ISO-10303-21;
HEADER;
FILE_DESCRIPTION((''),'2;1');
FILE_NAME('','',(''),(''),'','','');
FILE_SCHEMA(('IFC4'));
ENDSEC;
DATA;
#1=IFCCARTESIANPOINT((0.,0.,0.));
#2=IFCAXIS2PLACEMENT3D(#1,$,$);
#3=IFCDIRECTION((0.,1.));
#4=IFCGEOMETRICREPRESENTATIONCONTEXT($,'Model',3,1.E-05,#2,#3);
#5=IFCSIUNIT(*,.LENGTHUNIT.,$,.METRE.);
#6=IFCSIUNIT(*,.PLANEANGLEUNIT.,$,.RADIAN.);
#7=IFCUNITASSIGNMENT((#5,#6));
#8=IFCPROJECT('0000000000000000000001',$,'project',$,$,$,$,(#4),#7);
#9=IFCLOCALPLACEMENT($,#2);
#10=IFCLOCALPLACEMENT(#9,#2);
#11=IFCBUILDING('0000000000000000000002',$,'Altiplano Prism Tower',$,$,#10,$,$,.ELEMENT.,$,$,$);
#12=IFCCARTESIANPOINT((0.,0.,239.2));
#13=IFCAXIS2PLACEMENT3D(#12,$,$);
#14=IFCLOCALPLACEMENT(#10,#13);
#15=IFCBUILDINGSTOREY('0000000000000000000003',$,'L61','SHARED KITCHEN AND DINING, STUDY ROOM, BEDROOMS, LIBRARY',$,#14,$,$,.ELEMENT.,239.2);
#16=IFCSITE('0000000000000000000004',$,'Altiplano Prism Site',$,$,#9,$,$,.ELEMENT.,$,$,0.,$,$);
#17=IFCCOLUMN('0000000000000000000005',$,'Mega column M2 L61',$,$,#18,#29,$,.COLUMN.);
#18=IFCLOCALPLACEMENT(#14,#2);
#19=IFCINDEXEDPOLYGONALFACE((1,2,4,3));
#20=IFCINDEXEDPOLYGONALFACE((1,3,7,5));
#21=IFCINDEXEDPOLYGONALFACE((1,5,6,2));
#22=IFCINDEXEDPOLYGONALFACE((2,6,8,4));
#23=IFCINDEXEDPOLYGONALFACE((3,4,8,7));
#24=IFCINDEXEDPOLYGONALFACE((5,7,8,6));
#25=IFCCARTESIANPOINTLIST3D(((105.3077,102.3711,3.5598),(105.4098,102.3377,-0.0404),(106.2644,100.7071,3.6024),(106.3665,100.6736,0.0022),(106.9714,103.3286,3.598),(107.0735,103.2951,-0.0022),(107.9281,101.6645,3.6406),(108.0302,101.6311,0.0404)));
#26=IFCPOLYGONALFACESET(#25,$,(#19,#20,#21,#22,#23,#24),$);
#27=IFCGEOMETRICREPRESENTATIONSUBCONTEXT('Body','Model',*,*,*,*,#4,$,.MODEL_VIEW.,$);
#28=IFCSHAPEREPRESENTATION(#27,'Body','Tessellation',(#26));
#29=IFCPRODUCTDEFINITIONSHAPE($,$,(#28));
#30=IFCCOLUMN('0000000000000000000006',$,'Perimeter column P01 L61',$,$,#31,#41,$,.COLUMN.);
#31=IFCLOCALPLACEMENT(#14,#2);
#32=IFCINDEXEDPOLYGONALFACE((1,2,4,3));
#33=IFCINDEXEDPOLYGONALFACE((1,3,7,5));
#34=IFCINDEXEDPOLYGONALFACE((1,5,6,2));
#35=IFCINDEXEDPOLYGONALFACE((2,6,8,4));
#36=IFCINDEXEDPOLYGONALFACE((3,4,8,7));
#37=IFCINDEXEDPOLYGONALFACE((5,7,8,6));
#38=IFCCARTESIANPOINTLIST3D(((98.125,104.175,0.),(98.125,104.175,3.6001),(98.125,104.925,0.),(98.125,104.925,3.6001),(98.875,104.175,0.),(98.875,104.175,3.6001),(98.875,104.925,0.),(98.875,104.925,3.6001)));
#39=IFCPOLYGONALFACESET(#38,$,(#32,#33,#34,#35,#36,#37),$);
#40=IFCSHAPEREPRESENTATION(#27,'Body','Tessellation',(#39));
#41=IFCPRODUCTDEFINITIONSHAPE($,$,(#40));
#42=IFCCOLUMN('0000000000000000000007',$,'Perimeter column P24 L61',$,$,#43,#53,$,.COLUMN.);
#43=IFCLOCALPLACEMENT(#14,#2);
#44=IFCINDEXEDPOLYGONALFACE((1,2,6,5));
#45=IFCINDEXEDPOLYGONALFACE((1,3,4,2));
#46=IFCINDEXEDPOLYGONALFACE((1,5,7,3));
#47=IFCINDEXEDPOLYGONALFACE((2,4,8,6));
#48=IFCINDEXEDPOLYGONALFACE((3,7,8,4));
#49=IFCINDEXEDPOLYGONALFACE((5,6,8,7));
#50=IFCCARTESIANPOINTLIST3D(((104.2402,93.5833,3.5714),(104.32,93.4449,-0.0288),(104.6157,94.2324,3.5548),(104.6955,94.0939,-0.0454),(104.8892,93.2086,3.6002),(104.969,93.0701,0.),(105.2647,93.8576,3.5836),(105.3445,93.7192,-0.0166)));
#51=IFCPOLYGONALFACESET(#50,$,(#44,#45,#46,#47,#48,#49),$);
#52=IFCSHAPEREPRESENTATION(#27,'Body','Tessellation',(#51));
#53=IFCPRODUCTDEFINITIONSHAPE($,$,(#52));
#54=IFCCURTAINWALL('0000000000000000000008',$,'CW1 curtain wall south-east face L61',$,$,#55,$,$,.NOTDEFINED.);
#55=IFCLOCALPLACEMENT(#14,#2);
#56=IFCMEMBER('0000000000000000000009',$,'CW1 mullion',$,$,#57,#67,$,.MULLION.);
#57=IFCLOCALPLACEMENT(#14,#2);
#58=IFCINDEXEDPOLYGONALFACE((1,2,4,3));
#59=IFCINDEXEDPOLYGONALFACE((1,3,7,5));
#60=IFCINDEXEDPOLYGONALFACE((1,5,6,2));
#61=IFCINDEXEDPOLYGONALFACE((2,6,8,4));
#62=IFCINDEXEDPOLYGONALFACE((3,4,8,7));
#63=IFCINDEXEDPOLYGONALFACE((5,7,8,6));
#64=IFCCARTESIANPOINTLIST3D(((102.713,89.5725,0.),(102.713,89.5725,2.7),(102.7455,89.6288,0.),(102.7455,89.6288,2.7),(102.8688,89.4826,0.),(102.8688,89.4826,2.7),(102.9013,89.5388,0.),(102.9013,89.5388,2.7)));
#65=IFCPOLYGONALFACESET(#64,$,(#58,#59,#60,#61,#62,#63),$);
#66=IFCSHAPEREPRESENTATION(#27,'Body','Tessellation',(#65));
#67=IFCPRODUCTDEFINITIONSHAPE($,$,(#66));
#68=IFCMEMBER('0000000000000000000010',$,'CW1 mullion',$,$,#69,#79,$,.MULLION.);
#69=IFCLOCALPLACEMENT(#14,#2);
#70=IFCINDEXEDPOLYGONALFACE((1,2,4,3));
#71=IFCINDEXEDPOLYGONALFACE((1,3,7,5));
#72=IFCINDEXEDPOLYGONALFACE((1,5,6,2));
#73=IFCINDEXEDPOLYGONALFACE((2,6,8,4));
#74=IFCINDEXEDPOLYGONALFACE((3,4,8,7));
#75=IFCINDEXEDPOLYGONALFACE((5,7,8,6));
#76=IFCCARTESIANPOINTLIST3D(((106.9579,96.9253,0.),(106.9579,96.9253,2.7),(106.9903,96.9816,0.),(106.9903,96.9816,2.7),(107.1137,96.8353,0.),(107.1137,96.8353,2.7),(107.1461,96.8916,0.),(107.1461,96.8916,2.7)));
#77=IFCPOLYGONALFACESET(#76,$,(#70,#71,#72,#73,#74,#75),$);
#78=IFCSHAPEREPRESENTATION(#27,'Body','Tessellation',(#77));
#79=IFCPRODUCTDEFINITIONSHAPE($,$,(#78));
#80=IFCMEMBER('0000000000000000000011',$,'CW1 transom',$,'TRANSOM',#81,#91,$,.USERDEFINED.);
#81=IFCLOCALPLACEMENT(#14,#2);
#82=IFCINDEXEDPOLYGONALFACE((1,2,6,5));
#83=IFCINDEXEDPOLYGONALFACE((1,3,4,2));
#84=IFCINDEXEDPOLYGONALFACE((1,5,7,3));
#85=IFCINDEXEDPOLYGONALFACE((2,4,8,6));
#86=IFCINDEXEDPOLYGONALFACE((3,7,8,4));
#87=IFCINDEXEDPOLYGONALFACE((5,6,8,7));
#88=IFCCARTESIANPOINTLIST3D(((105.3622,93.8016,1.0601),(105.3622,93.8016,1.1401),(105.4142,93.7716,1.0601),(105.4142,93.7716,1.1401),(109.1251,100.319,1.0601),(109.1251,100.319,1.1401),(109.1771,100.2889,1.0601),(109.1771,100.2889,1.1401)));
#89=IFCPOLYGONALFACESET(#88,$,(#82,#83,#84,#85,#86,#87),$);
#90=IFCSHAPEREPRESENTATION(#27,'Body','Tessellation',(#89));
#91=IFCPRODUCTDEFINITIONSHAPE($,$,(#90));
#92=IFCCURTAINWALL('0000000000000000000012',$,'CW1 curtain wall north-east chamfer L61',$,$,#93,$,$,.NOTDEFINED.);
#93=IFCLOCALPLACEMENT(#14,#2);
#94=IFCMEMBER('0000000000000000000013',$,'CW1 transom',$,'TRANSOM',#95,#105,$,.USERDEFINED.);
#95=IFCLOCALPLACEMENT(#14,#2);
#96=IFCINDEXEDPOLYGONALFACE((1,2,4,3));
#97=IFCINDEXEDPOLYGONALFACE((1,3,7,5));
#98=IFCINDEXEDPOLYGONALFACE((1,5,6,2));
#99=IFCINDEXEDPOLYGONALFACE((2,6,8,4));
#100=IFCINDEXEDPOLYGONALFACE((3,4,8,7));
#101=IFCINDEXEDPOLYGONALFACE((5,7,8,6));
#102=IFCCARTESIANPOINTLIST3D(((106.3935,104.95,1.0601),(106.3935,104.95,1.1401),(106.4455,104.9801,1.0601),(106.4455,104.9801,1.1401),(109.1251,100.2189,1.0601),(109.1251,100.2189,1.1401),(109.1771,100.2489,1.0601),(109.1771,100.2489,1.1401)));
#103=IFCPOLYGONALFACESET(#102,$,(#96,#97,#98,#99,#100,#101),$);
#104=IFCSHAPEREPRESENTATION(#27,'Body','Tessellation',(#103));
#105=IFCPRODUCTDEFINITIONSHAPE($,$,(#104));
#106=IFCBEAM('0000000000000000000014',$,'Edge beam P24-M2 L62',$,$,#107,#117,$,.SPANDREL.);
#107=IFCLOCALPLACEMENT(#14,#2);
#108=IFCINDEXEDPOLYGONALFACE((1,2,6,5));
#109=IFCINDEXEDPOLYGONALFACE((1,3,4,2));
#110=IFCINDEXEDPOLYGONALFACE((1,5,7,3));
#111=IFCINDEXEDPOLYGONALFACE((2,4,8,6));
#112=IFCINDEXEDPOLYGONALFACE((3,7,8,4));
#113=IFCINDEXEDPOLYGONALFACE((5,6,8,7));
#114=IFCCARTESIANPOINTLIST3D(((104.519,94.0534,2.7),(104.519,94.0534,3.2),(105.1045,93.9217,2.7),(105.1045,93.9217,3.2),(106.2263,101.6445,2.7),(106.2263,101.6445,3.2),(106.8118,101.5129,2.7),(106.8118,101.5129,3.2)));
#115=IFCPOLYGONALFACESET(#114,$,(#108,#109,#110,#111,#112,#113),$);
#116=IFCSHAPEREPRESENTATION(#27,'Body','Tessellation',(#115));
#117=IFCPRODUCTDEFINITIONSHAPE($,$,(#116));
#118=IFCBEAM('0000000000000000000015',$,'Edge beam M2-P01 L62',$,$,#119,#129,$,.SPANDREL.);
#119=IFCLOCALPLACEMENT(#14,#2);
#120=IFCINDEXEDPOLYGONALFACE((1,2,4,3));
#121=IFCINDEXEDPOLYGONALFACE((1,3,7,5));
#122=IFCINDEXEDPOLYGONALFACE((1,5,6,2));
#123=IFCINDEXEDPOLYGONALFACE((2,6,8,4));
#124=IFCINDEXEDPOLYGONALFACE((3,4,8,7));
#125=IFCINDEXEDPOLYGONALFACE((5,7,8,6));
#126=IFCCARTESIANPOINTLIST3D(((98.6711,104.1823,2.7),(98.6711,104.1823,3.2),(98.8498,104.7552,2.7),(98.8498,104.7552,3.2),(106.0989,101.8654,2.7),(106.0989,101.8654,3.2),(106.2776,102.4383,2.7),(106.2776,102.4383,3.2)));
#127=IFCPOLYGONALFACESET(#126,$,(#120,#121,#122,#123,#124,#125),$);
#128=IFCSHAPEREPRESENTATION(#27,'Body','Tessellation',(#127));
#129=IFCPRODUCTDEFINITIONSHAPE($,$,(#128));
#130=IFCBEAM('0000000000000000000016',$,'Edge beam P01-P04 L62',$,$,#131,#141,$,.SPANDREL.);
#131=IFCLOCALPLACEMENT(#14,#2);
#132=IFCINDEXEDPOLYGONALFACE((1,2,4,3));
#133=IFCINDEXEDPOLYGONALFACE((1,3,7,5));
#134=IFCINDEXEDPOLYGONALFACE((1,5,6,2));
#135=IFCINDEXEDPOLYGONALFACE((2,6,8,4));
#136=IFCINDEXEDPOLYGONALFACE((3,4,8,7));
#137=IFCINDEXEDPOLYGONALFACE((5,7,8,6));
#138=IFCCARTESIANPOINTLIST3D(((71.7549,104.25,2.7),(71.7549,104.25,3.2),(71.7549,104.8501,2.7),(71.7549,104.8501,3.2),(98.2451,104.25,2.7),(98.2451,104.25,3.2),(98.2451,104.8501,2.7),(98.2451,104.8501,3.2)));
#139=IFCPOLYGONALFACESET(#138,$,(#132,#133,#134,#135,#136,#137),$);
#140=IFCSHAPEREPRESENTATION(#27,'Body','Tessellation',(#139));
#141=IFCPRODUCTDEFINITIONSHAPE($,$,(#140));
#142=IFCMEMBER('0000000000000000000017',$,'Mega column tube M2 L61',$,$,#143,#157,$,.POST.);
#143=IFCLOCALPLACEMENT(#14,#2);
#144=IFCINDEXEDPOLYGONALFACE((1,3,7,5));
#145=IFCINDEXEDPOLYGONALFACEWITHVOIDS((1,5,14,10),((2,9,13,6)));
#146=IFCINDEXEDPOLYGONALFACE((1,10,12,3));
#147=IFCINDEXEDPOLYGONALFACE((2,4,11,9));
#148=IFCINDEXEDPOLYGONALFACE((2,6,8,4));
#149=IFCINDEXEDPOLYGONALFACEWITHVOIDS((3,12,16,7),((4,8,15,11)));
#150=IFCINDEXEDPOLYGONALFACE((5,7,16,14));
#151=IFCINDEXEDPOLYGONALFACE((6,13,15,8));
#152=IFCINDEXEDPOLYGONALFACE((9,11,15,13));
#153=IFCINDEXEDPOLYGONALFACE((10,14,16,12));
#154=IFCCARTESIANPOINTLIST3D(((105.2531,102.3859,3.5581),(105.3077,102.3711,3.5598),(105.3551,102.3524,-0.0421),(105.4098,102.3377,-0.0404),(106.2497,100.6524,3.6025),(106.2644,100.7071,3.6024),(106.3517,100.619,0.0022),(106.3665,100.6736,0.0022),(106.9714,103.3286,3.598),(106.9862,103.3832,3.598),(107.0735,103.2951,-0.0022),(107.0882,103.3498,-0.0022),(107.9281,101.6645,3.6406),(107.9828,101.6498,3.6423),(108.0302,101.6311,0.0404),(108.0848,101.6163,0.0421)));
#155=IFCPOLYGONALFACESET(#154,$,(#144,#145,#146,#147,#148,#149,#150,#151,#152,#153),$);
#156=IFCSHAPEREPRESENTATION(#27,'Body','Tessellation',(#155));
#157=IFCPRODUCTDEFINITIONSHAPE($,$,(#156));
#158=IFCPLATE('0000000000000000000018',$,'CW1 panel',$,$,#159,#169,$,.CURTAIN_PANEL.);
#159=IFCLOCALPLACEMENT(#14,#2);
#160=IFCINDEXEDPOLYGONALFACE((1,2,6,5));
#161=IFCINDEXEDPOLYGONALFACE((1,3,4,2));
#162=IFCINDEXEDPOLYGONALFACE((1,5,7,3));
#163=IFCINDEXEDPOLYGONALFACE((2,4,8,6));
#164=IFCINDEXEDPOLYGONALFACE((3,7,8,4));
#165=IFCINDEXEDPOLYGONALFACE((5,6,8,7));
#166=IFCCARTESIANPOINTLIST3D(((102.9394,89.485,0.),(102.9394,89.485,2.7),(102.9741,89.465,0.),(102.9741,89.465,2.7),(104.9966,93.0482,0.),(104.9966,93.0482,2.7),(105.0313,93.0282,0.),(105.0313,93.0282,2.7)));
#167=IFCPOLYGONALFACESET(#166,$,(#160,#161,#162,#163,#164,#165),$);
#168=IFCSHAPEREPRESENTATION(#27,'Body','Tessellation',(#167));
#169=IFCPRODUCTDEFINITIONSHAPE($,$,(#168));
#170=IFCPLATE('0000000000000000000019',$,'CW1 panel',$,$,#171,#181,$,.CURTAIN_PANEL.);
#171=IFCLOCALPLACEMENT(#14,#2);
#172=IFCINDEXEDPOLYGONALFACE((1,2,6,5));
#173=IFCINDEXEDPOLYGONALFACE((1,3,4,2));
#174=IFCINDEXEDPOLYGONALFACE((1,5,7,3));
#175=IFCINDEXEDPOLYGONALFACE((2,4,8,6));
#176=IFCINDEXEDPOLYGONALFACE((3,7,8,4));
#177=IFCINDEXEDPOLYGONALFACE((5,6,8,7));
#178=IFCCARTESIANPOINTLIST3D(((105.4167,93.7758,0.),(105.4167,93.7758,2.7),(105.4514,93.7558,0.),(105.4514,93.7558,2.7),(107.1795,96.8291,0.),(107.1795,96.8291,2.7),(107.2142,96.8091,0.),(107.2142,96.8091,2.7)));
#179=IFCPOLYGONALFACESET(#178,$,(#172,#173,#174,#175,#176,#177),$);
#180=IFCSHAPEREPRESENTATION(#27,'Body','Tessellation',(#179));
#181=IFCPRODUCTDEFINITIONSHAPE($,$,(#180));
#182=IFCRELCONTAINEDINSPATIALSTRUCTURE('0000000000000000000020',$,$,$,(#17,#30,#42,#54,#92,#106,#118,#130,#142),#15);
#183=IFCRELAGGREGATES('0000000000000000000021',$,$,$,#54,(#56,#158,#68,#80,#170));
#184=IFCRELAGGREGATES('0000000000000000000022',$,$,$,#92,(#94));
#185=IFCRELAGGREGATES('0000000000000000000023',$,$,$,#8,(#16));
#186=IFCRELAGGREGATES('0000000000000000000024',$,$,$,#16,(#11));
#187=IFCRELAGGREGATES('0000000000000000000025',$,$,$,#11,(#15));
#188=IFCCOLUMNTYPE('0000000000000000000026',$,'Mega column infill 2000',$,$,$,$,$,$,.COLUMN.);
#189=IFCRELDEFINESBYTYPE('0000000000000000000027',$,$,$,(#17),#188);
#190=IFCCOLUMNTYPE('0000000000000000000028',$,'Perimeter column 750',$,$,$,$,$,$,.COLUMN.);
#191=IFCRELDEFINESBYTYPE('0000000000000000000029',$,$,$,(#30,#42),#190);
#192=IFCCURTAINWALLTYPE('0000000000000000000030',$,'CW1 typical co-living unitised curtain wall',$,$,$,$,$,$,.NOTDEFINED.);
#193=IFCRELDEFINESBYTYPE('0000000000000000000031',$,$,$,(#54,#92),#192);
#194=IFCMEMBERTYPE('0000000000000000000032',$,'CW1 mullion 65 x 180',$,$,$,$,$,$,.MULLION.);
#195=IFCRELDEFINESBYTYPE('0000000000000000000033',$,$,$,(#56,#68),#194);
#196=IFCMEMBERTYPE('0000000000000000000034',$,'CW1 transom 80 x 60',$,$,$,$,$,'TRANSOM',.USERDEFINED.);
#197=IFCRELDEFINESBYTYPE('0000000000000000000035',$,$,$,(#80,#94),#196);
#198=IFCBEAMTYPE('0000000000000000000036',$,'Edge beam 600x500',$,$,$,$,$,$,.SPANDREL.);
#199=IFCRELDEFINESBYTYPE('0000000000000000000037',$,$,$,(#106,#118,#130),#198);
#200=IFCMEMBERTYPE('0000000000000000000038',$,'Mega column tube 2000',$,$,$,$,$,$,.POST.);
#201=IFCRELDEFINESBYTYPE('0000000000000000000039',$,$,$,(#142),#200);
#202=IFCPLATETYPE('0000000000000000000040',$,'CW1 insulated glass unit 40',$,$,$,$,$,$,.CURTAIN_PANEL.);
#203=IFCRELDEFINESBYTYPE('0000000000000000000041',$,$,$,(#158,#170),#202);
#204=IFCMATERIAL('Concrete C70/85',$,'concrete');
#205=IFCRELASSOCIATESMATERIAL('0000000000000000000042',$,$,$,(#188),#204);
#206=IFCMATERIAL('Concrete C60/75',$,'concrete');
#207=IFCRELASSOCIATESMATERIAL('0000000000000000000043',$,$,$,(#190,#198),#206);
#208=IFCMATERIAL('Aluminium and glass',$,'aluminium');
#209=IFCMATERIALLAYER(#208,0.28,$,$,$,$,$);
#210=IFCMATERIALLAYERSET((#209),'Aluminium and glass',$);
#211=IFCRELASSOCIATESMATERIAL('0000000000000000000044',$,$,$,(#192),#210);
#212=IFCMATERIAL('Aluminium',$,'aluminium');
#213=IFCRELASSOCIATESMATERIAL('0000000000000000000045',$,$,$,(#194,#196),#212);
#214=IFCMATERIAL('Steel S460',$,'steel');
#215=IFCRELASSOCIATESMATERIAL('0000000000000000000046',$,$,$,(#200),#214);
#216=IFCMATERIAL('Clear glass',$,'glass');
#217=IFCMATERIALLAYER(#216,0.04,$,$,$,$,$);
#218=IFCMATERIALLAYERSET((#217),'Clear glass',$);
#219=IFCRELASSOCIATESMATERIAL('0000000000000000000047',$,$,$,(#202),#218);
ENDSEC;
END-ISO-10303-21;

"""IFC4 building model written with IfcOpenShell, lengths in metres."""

from ifc_helpers import new_model, si_unit, direction, frame, origin, origin_2d, place, context, subcontext, project, spatial, rectangle, hollow_rectangle, extrude, material, layer, layer_set, material_profile, profile_set, type_object, element, aggregate, save


model = new_model("IFC4")

# Units and contexts
model_context = context("Model", 3, precision=1e-05, world=origin(), true_north=direction((0.0, 1.0)))
body_context = subcontext(model_context, "Body", "Model", "MODEL_VIEW")
ifc_project = project(units=[si_unit("LENGTHUNIT", "METRE"), si_unit("PLANEANGLEUNIT", "RADIAN")], contexts=[model_context])

# Site, building, storey
site_placement = place(None, origin())
site = spatial("IfcSite", under=ifc_project, at=site_placement, Name="Altiplano Prism Site", CompositionType="ELEMENT", RefElevation=0.0)
building_placement = place(site_placement, origin())
building = spatial("IfcBuilding", under=site, at=building_placement, Name="Altiplano Prism Tower", CompositionType="ELEMENT")
storey_placement = place(building_placement, frame((0.0, 0.0, 239.2)))
storey = spatial("IfcBuildingStorey", under=building, at=storey_placement, Name="L61", Description="SHARED KITCHEN AND DINING, STUDY ROOM, BEDROOMS, LIBRARY", CompositionType="ELEMENT", Elevation=239.2)

# Columns
ifc_material_1 = material(Name="Concrete C70/85", Category="concrete")
ifc_material_profile_1 = material_profile(ifc_material_1, rectangle(XDim=1.9199, YDim=1.9199, at=origin_2d()), Name="Mega column infill 2000")
ifc_profile_set_1 = profile_set([ifc_material_profile_1], Name="Concrete C70/85")
column_type_1 = type_object("IfcColumnType", Name="Mega column infill 2000", PredefinedType="COLUMN", material=ifc_profile_set_1)
column_1_placement = place(storey_placement, frame((106.72, 101.9844, 0.0), z_axis=(-0.028334, 0.009287, 0.999555), x_axis=(0.498286, -0.866729, 0.022177)))
element("IfcColumn", 1, at=column_1_placement, inside=storey, type_object=column_type_1, Name="Mega column M2 L61", PredefinedType="COLUMN", context=body_context, shape_type="SweptSolid", body=[
    extrude(rectangle(XDim=1.9199, YDim=1.9199, at=origin_2d()), origin(), (0.0, 0.0, 1.0), 3.6018),
])
ifc_material_2 = material(Name="Concrete C60/75", Category="concrete")
ifc_material_profile_2 = material_profile(ifc_material_2, rectangle(XDim=0.75, YDim=0.75, at=origin_2d()), Name="Perimeter column 750")
ifc_profile_set_2 = profile_set([ifc_material_profile_2], Name="Concrete C60/75")
column_type_2 = type_object("IfcColumnType", Name="Perimeter column 750", PredefinedType="COLUMN", material=ifc_profile_set_2)
column_2_placement = place(storey_placement, frame((98.5, 104.55, 0.0), z_axis=(0.0, 0.0, 1.0), x_axis=(1.0, 0.0, 0.0)))
element("IfcColumn", 2, at=column_2_placement, inside=storey, type_object=column_type_2, Name="Perimeter column P01 L61", PredefinedType="COLUMN", context=body_context, shape_type="SweptSolid", body=[
    extrude(rectangle(XDim=0.75, YDim=0.75, at=origin_2d()), origin(), (0.0, 0.0, 1.0), 3.6001),
])
column_3_placement = place(storey_placement, frame((104.8323, 93.582, -0.0227), z_axis=(-0.022154, 0.038413, 0.999016), x_axis=(-0.500655, -0.865363, 0.022172)))
element("IfcColumn", 3, at=column_3_placement, inside=storey, type_object=column_type_2, Name="Perimeter column P24 L61", PredefinedType="COLUMN", context=body_context, shape_type="SweptSolid", body=[
    extrude(rectangle(XDim=0.75, YDim=0.75, at=origin_2d()), origin(), (0.0, 0.0, 1.0), 3.6038),
])

# Curtain wall, members
ifc_material_3 = material(Name="Aluminium and glass", Category="aluminium")
ifc_layer_1 = layer(ifc_material_3, 0.28)
ifc_layer_set_1 = layer_set([ifc_layer_1], Name="Aluminium and glass")
curtain_wall_type = type_object("IfcCurtainWallType", Name="CW1 typical co-living unitised curtain wall", PredefinedType="NOTDEFINED", material=ifc_layer_set_1)
curtain_wall_1_placement = place(storey_placement, origin())
curtain_wall_1 = element("IfcCurtainWall", 4, at=curtain_wall_1_placement, inside=storey, type_object=curtain_wall_type, Name="CW1 curtain wall south-east face L61", PredefinedType="NOTDEFINED")
ifc_material_4 = material(Name="Aluminium", Category="aluminium")
ifc_material_profile_3 = material_profile(ifc_material_4, rectangle(XDim=0.1799, YDim=0.0649, at=origin_2d()), Name="CW1 mullion 65 x 180")
ifc_profile_set_3 = profile_set([ifc_material_profile_3], Name="Aluminium")
member_type_1 = type_object("IfcMemberType", Name="CW1 mullion 65 x 180", PredefinedType="MULLION", material=ifc_profile_set_3)
member_1_placement = place(storey_placement, frame((102.8071, 89.5557, 0.0), z_axis=(0.0, 0.0, 1.0), x_axis=(-0.866025, 0.5, 0.0)))
member_1 = element("IfcMember", 5, at=member_1_placement, type_object=member_type_1, Name="CW1 mullion", PredefinedType="MULLION", context=body_context, shape_type="SweptSolid", body=[
    extrude(rectangle(XDim=0.1799, YDim=0.0649, at=origin_2d()), origin(), (0.0, 0.0, 1.0), 2.7),
])
member_2_placement = place(storey_placement, frame((107.052, 96.9084, 0.0), z_axis=(0.0, 0.0, 1.0), x_axis=(-0.866025, 0.5, 0.0)))
member_2 = element("IfcMember", 6, at=member_2_placement, type_object=member_type_1, Name="CW1 mullion", PredefinedType="MULLION", context=body_context, shape_type="SweptSolid", body=[
    extrude(rectangle(XDim=0.1799, YDim=0.0649, at=origin_2d()), origin(), (0.0, 0.0, 1.0), 2.7),
])
ifc_material_profile_4 = material_profile(ifc_material_4, rectangle(XDim=0.0601, YDim=0.0801, at=origin_2d()), Name="CW1 transom 80 x 60")
ifc_profile_set_4 = profile_set([ifc_material_profile_4], Name="Aluminium")
member_type_2 = type_object("IfcMemberType", Name="CW1 transom 80 x 60", ElementType="TRANSOM", PredefinedType="USERDEFINED", material=ifc_profile_set_4)
member_3_placement = place(storey_placement, frame((105.3882, 93.7866, 1.1001), z_axis=(0.500015, 0.866016, 0.0), x_axis=(-0.866016, 0.500015, 0.0)))
member_3 = element("IfcMember", 7, at=member_3_placement, type_object=member_type_2, Name="CW1 transom", ObjectType="TRANSOM", PredefinedType="USERDEFINED", context=body_context, shape_type="SweptSolid", body=[
    extrude(rectangle(XDim=0.0601, YDim=0.0801, at=origin_2d()), origin(), (0.0, 0.0, 1.0), 7.5256),
])

# Curtain wall, member
curtain_wall_2_placement = place(storey_placement, origin())
curtain_wall_2 = element("IfcCurtainWall", 8, at=curtain_wall_2_placement, inside=storey, type_object=curtain_wall_type, Name="CW1 curtain wall north-east chamfer L61", PredefinedType="NOTDEFINED")
member_4_placement = place(storey_placement, frame((109.1511, 100.2339, 1.1001), z_axis=(-0.500018, 0.866015, 0.0), x_axis=(-0.866015, -0.500018, 0.0)))
member_4 = element("IfcMember", 9, at=member_4_placement, type_object=member_type_2, Name="CW1 transom", ObjectType="TRANSOM", PredefinedType="USERDEFINED", context=body_context, shape_type="SweptSolid", body=[
    extrude(rectangle(XDim=0.0601, YDim=0.0801, at=origin_2d()), origin(), (0.0, 0.0, 1.0), 5.4631),
])

# Beams
ifc_material_profile_5 = material_profile(ifc_material_2, rectangle(XDim=0.6001, YDim=0.5, at=origin_2d()), Name="Edge beam 600x500")
ifc_profile_set_5 = profile_set([ifc_material_profile_5], Name="Concrete C60/75")
beam_type = type_object("IfcBeamType", Name="Edge beam 600x500", PredefinedType="SPANDREL", material=ifc_profile_set_5)
for number, where, z_axis, x_axis, name in (
    (10, (104.8118, 93.9875, 2.95), (0.219425, 0.975629, 0.0), (-0.975629, 0.219425, 0.0), "Edge beam P24-M2 L62"),
    (11, (106.1882, 102.1519, 2.95), (-0.954636, 0.297775, 0.0), (-0.297775, -0.954636, 0.0), "Edge beam M2-P01 L62"),
):
    element("IfcBeam", number, at=place(storey_placement, frame(where, z_axis=z_axis, x_axis=x_axis)), inside=storey, type_object=beam_type, Name=name, PredefinedType="SPANDREL", context=body_context, shape_type="SweptSolid", body=[
        extrude(rectangle(XDim=0.6001, YDim=0.5, at=origin_2d()), origin(), (0.0, 0.0, 1.0), 7.7808),
    ])
beam_placement = place(storey_placement, frame((98.2451, 104.55, 2.95), z_axis=(-1.0, 0.0, 0.0), x_axis=(0.0, -1.0, 0.0)))
element("IfcBeam", 12, at=beam_placement, inside=storey, type_object=beam_type, Name="Edge beam P01-P04 L62", PredefinedType="SPANDREL", context=body_context, shape_type="SweptSolid", body=[
    extrude(rectangle(XDim=0.6001, YDim=0.5, at=origin_2d()), origin(), (0.0, 0.0, 1.0), 26.4902),
])

# Member
ifc_material_5 = material(Name="Steel S460", Category="steel")
ifc_material_profile_6 = material_profile(ifc_material_5, hollow_rectangle(XDim=2.0, YDim=2.0, WallThickness=0.04, at=origin_2d()), Name="Mega column tube 2000")
ifc_profile_set_6 = profile_set([ifc_material_profile_6], Name="Steel S460")
member_type_3 = type_object("IfcMemberType", Name="Mega column tube 2000", PredefinedType="POST", material=ifc_profile_set_6)
member_5_placement = place(storey_placement, frame((106.72, 101.9844, 0.0), z_axis=(-0.028334, 0.009287, 0.999555), x_axis=(0.498286, -0.866729, 0.022177)))
element("IfcMember", 13, at=member_5_placement, inside=storey, type_object=member_type_3, Name="Mega column tube M2 L61", PredefinedType="POST", context=body_context, shape_type="SweptSolid", body=[
    extrude(hollow_rectangle(XDim=2.0, YDim=2.0, WallThickness=0.04, at=origin_2d()), origin(), (0.0, 0.0, 1.0), 3.6018),
])

# Plates
ifc_material_6 = material(Name="Clear glass", Category="glass")
ifc_layer_2 = layer(ifc_material_6, 0.04)
ifc_layer_set_2 = layer_set([ifc_layer_2], Name="Clear glass")
plate_type = type_object("IfcPlateType", Name="CW1 insulated glass unit 40", PredefinedType="CURTAIN_PANEL", material=ifc_layer_set_2)
plate_1_placement = place(storey_placement, frame((103.9854, 91.2566, 0.0), z_axis=(0.0, 0.0, 1.0), x_axis=(0.5, 0.866025, 0.0)))
plate_1 = element("IfcPlate", 14, at=plate_1_placement, type_object=plate_type, Name="CW1 panel", PredefinedType="CURTAIN_PANEL", context=body_context, shape_type="SweptSolid", body=[
    extrude(rectangle(XDim=4.1145, YDim=0.04, at=origin_2d()), origin(), (0.0, 0.0, 1.0), 2.7),
])
plate_2_placement = place(storey_placement, frame((106.3154, 95.2925, 0.0), z_axis=(0.0, 0.0, 1.0), x_axis=(0.5, 0.866025, 0.0)))
plate_2 = element("IfcPlate", 15, at=plate_2_placement, type_object=plate_type, Name="CW1 panel", PredefinedType="CURTAIN_PANEL", context=body_context, shape_type="SweptSolid", body=[
    extrude(rectangle(XDim=3.5256, YDim=0.04, at=origin_2d()), origin(), (0.0, 0.0, 1.0), 2.7),
])
aggregate(curtain_wall_1, [member_1, plate_1, member_2, member_3, plate_2])
aggregate(curtain_wall_2, [member_4])

save(model, "model.ifc")
